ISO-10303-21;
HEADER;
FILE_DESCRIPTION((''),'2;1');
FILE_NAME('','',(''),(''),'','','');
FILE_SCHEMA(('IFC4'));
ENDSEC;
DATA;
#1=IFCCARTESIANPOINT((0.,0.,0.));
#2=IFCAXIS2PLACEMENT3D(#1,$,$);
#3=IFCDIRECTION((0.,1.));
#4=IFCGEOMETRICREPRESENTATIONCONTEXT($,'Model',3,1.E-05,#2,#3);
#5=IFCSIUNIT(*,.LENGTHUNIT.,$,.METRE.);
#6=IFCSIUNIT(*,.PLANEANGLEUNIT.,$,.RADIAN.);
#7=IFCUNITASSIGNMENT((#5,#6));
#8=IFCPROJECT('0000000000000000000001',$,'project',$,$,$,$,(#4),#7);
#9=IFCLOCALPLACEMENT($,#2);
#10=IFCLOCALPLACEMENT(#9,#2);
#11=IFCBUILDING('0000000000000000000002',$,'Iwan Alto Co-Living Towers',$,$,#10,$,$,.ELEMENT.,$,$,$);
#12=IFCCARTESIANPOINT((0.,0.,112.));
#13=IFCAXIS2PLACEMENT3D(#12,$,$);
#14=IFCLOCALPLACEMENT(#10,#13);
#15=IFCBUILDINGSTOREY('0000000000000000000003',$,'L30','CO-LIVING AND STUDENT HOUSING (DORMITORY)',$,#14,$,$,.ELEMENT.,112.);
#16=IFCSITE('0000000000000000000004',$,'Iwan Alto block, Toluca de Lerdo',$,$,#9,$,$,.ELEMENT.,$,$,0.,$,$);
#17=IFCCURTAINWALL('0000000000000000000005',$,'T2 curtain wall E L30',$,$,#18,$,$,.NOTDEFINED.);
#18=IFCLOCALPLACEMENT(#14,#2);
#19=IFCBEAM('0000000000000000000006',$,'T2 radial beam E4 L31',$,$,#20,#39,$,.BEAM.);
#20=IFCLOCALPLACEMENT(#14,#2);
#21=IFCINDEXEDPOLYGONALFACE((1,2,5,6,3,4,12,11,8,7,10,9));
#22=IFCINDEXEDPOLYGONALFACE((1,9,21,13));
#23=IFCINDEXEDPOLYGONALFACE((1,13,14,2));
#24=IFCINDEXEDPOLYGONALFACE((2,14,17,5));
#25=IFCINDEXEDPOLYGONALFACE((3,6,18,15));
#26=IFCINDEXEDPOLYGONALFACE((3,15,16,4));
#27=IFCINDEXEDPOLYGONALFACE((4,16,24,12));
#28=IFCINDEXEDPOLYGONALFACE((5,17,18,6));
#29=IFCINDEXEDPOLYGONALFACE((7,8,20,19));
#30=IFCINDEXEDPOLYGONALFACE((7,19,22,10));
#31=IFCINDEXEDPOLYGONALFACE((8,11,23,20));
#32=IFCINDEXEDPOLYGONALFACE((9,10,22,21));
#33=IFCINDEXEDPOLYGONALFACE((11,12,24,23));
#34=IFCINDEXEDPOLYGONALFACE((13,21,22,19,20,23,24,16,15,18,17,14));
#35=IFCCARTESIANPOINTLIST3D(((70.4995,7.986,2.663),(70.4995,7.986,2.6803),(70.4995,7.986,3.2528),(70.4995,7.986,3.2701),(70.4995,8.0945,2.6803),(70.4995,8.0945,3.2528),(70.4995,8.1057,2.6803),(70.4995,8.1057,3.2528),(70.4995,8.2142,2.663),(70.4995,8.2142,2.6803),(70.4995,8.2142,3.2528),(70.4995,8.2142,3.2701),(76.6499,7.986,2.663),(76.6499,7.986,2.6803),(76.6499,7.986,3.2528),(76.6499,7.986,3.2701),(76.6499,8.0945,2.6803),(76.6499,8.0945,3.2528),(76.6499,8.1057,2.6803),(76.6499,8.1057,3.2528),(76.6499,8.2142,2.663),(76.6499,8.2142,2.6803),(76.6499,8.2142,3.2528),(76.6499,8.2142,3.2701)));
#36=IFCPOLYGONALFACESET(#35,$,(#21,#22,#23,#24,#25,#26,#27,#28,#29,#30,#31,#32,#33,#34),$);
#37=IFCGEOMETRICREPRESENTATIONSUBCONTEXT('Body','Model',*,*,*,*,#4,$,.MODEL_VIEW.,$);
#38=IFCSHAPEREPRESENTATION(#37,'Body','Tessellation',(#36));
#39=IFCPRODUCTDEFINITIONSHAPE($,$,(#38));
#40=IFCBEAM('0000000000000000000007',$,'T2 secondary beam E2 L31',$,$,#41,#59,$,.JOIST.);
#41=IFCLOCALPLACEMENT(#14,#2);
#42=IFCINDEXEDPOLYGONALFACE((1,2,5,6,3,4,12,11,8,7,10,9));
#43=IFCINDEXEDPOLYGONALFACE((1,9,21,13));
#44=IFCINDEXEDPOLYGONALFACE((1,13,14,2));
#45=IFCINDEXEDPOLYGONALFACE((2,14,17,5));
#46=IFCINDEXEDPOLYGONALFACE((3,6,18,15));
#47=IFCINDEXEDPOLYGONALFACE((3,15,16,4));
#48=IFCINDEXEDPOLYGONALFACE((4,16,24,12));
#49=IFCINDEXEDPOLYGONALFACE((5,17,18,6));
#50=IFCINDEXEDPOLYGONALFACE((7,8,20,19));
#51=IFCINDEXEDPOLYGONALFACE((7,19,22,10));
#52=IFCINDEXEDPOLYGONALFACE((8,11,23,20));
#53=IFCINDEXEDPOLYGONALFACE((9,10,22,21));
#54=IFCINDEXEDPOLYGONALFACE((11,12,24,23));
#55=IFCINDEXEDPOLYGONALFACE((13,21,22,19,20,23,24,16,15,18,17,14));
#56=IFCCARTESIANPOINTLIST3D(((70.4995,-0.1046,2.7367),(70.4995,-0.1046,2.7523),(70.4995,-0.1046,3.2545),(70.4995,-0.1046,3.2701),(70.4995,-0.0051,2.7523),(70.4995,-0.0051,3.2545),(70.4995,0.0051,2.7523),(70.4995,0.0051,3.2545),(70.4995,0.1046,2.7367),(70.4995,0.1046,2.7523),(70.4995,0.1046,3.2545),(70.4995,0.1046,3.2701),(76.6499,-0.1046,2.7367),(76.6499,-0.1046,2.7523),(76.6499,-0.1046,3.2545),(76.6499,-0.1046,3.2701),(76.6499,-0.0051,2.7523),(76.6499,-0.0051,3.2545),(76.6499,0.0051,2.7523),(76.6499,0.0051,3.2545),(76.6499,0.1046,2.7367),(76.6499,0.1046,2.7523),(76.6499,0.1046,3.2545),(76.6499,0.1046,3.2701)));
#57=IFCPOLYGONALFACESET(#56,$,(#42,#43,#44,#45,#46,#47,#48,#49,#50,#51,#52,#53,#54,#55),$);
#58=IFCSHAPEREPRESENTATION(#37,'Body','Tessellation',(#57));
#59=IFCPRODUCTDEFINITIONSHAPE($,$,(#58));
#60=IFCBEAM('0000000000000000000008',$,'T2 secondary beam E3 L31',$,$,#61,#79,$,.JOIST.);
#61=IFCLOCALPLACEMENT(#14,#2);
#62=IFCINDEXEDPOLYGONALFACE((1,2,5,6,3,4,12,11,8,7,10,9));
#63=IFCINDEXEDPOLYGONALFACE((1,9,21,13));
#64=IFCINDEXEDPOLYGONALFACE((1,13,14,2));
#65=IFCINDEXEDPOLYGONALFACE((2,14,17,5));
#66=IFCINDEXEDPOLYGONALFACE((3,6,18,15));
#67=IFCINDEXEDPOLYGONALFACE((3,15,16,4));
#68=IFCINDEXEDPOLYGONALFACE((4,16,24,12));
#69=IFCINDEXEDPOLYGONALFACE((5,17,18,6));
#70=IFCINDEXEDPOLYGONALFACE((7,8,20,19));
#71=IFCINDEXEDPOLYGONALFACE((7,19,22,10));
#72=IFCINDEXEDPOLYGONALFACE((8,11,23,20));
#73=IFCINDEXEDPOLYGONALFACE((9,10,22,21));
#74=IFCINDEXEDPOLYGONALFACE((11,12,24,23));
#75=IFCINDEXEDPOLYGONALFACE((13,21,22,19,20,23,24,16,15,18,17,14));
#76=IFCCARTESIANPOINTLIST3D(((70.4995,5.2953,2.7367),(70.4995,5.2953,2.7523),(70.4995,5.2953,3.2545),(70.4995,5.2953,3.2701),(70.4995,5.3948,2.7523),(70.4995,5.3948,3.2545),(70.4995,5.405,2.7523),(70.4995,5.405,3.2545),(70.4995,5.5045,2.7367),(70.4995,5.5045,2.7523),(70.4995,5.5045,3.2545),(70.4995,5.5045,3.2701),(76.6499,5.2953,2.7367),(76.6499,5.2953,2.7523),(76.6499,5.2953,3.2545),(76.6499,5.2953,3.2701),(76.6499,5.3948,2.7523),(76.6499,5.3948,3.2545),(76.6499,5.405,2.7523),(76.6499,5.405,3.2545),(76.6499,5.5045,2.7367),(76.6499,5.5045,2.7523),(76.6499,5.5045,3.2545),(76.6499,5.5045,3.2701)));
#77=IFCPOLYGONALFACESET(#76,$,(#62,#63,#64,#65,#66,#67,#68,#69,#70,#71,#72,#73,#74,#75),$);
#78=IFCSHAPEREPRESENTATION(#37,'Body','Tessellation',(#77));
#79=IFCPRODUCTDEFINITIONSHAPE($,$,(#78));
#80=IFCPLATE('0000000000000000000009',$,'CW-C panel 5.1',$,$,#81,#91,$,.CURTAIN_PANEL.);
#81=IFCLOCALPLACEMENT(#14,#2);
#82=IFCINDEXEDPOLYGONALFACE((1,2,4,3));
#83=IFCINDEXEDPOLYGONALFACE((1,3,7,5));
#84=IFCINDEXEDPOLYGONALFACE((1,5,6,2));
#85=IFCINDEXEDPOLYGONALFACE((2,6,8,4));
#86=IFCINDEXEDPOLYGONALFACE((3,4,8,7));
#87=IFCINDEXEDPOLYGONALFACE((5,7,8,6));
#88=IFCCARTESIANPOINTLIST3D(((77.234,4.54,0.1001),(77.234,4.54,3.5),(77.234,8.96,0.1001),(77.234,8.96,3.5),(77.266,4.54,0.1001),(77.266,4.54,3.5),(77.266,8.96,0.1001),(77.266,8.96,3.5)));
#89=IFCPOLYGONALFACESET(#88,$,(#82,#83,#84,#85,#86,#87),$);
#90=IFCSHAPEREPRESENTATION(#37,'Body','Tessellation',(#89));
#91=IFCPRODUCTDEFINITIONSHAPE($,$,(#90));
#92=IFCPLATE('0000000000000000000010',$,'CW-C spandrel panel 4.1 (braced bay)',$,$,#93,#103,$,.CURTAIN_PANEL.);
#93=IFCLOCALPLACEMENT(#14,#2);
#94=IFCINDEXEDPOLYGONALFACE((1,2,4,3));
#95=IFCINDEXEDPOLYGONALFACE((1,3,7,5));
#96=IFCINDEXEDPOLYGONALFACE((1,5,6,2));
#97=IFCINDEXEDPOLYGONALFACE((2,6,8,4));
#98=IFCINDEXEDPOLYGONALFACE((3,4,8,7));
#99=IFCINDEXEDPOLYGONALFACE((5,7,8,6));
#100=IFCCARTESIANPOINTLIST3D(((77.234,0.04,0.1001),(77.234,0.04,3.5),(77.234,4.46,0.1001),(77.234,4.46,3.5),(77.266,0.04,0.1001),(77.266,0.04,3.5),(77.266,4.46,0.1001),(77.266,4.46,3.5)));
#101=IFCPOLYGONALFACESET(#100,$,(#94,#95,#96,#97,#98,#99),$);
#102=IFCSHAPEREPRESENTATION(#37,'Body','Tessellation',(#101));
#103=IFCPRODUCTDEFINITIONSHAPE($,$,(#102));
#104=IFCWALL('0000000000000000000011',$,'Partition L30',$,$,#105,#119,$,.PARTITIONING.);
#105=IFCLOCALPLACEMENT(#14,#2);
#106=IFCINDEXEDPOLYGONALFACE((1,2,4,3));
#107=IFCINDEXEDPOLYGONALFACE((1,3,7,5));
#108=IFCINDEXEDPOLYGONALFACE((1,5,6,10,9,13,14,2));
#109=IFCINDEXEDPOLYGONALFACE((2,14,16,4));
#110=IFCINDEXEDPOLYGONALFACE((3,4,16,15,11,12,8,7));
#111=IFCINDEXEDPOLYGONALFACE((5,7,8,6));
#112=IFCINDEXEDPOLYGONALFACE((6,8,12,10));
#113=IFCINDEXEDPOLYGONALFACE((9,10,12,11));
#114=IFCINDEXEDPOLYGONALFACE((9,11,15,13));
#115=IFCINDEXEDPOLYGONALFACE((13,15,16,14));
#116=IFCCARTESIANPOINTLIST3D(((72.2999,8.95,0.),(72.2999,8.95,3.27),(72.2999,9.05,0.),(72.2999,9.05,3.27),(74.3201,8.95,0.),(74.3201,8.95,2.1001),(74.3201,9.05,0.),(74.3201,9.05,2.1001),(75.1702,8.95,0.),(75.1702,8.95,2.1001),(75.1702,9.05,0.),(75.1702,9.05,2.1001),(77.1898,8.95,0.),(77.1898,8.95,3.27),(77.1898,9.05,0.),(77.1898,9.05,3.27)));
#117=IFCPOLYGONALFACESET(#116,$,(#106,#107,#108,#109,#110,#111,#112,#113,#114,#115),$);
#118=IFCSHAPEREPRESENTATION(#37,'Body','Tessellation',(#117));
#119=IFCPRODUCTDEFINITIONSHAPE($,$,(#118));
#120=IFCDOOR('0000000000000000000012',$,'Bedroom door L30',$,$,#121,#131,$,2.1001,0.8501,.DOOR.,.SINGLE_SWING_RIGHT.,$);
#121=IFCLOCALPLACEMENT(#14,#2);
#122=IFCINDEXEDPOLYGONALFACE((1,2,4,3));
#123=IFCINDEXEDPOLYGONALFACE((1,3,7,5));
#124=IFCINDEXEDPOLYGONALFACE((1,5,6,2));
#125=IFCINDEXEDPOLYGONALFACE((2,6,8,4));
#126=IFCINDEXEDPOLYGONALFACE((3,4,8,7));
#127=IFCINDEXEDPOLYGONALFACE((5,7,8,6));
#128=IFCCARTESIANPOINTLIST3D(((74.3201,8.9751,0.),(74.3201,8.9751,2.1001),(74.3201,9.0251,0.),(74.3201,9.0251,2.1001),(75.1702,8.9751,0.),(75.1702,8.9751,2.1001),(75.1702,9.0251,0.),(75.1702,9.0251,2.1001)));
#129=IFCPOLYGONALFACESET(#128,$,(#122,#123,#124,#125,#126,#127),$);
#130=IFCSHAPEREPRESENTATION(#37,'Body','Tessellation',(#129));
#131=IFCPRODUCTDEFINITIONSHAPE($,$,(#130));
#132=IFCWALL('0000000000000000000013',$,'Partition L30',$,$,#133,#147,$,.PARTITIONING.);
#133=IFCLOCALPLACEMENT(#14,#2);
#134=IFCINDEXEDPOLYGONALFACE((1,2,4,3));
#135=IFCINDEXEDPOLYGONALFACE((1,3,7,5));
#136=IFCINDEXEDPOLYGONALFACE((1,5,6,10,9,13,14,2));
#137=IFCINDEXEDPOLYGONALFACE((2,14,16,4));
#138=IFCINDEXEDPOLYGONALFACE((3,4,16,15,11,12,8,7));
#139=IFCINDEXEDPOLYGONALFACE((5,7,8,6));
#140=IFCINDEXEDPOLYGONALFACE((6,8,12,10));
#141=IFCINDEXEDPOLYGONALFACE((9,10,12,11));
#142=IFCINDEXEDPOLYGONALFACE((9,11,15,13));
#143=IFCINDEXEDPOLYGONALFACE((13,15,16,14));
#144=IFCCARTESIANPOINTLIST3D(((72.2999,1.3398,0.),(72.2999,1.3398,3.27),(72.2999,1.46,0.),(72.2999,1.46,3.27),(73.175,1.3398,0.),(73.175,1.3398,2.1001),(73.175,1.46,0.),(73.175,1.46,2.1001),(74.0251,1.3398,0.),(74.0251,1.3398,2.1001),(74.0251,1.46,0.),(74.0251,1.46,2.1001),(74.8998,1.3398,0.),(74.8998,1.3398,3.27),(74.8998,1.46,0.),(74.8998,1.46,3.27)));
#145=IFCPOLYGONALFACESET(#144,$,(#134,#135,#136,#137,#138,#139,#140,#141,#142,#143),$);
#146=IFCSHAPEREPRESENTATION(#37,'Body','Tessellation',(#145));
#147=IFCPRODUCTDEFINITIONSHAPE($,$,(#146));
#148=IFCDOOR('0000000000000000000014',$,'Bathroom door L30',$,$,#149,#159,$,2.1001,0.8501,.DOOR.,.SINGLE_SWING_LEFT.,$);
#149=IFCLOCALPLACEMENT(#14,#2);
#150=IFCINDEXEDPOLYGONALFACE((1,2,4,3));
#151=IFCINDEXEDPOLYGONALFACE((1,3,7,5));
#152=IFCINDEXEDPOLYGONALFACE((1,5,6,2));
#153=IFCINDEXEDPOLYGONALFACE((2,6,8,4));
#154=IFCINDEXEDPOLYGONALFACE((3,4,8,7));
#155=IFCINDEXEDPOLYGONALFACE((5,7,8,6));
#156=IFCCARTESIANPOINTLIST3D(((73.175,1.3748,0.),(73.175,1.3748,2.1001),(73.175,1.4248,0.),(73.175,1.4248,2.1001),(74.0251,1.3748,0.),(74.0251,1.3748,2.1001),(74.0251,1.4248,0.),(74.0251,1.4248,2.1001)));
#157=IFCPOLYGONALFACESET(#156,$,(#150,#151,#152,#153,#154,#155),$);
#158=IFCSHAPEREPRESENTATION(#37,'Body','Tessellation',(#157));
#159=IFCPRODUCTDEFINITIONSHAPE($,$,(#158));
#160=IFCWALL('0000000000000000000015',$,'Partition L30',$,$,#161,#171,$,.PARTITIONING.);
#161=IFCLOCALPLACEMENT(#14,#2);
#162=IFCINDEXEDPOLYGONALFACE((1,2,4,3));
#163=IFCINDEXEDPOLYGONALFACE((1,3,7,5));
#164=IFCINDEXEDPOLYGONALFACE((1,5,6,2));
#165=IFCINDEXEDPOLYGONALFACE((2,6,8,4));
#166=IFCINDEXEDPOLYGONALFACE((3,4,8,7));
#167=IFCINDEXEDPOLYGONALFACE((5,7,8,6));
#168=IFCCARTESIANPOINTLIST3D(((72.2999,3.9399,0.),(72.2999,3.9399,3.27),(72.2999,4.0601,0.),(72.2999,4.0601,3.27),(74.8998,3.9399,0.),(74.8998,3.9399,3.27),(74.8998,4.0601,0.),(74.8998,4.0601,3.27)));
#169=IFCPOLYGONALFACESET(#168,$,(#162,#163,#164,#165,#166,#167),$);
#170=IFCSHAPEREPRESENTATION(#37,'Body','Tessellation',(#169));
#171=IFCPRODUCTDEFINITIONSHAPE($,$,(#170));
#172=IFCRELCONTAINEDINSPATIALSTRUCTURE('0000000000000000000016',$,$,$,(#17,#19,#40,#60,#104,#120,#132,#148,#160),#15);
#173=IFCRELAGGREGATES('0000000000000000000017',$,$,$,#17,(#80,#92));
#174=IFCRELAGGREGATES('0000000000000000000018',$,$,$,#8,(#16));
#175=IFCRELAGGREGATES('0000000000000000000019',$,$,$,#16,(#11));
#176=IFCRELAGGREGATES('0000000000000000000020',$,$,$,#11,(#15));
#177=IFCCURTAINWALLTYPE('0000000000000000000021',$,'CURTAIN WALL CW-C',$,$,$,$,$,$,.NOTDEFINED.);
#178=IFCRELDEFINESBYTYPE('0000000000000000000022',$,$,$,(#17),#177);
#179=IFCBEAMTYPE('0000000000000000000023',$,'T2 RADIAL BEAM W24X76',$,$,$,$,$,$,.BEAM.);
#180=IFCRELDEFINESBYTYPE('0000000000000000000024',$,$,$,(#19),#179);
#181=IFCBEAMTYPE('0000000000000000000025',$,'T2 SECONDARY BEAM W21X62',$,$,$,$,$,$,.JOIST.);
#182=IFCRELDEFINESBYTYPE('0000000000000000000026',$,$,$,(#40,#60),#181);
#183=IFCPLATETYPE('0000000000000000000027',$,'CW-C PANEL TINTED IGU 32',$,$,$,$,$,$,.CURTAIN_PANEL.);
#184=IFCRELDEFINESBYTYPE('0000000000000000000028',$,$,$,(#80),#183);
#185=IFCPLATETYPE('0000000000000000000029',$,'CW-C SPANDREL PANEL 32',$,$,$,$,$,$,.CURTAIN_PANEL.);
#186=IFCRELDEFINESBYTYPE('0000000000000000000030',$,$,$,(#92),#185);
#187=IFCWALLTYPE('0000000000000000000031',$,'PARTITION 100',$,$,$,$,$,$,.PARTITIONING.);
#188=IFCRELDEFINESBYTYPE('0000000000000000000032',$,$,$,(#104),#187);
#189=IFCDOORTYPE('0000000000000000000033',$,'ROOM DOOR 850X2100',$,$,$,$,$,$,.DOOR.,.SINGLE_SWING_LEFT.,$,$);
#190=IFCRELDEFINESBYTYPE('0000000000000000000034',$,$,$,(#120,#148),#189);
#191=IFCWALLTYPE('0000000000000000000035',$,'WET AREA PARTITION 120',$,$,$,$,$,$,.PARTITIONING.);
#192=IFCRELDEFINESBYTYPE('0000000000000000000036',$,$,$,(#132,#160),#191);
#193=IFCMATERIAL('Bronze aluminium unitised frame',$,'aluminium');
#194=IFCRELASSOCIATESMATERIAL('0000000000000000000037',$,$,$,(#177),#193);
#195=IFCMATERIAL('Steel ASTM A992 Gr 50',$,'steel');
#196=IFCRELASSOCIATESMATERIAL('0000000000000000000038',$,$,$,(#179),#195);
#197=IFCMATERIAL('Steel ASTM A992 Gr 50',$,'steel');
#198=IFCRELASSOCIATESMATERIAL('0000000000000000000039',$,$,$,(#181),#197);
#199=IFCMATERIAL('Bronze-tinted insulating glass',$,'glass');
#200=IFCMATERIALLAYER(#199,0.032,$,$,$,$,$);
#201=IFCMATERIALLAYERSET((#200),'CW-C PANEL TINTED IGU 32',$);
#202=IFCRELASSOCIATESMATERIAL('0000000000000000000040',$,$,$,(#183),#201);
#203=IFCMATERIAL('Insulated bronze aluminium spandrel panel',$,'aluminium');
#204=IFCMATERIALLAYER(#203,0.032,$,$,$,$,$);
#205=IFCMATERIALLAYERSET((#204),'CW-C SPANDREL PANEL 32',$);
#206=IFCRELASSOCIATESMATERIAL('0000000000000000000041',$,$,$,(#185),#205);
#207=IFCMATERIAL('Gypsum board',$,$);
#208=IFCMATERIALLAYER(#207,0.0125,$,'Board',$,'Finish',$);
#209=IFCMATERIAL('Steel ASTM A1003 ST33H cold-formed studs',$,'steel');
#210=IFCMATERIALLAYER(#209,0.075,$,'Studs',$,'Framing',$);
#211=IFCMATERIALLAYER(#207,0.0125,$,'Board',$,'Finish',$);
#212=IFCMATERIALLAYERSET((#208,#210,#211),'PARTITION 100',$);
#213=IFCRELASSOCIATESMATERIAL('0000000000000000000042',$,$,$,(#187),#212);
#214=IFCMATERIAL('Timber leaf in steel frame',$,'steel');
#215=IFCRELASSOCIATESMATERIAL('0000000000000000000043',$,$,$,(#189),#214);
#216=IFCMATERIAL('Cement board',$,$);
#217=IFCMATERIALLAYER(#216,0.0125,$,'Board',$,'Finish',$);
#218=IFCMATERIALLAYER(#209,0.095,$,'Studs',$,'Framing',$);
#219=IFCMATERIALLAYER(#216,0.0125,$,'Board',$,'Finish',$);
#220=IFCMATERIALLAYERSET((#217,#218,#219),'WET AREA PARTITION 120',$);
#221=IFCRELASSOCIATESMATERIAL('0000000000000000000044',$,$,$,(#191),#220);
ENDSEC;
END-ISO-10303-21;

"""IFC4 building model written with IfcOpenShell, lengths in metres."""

from ifc_helpers import new_model, si_unit, direction, frame, frame_2d, origin, origin_2d, place, context, subcontext, project, spatial, rectangle, i_section, extrude, material, layer, layer_set, material_profile, profile_set, type_object, element, fill, aggregate, save


model = new_model("IFC4")

# Units and contexts
model_context = context("Model", 3, precision=1e-05, world=origin(), true_north=direction((0.0, 1.0)))
body_context = subcontext(model_context, "Body", "Model", "MODEL_VIEW")
ifc_project = project(units=[si_unit("LENGTHUNIT", "METRE"), si_unit("PLANEANGLEUNIT", "RADIAN")], contexts=[model_context])

# Site, building, storey
site_placement = place(None, origin())
site = spatial("IfcSite", under=ifc_project, at=site_placement, Name="Iwan Alto block, Toluca de Lerdo", CompositionType="ELEMENT", RefElevation=0.0)
building_placement = place(site_placement, origin())
building = spatial("IfcBuilding", under=site, at=building_placement, Name="Iwan Alto Co-Living Towers", CompositionType="ELEMENT")
storey_placement = place(building_placement, frame((0.0, 0.0, 112.0)))
storey = spatial("IfcBuildingStorey", under=building, at=storey_placement, Name="L30", Description="CO-LIVING AND STUDENT HOUSING (DORMITORY)", CompositionType="ELEMENT", Elevation=112.0)

# Curtain wall
ifc_material_1 = material(Name="Bronze aluminium unitised frame", Category="aluminium")
curtain_wall_type = type_object("IfcCurtainWallType", Name="CURTAIN WALL CW-C", PredefinedType="NOTDEFINED", material=ifc_material_1)
curtain_wall_placement = place(storey_placement, origin())
curtain_wall = element("IfcCurtainWall", 1, at=curtain_wall_placement, inside=storey, type_object=curtain_wall_type, Name="T2 curtain wall E L30", PredefinedType="NOTDEFINED")

# Beams
ifc_material_2 = material(Name="Steel ASTM A992 Gr 50", Category="steel")
ifc_material_profile_1 = material_profile(ifc_material_2, i_section(OverallWidth=0.2283, OverallDepth=0.6072, WebThickness=0.0112, FlangeThickness=0.0173, at=origin_2d()), Name="W24X76")
ifc_profile_set_1 = profile_set([ifc_material_profile_1], Name="Steel ASTM A992 Gr 50")
beam_type_1 = type_object("IfcBeamType", Name="T2 RADIAL BEAM W24X76", PredefinedType="BEAM", material=ifc_profile_set_1)
for number, where, z_axis, x_axis, name in (
    (2, (76.6499, 8.1001, 2.9666), (-1.0, 0.0, 0.0), (0.0, -1.0, 0.0), "T2 radial beam E4 L31"),
):
    element("IfcBeam", number, at=place(storey_placement, frame(where, z_axis=z_axis, x_axis=x_axis)), inside=storey, type_object=beam_type_1, Name=name, PredefinedType="BEAM", context=body_context, shape_type="SweptSolid", body=[
        extrude(i_section(OverallWidth=0.2283, OverallDepth=0.6072, WebThickness=0.0112, FlangeThickness=0.0173, at=origin_2d()), origin(), (0.0, 0.0, 1.0), 6.1504),
    ])
ifc_material_3 = material(Name="Steel ASTM A992 Gr 50", Category="steel")
ifc_material_profile_2 = material_profile(ifc_material_3, i_section(OverallWidth=0.2092, OverallDepth=0.5334, WebThickness=0.0103, FlangeThickness=0.0156, at=origin_2d()), Name="W21X62")
ifc_profile_set_2 = profile_set([ifc_material_profile_2], Name="Steel ASTM A992 Gr 50")
beam_type_2 = type_object("IfcBeamType", Name="T2 SECONDARY BEAM W21X62", PredefinedType="JOIST", material=ifc_profile_set_2)
for number, where, z_axis, x_axis, name in (
    (3, (76.6499, 0.0, 3.0034), (-1.0, 0.0, 0.0), (0.0, -1.0, 0.0), "T2 secondary beam E2 L31"),
    (4, (76.6499, 5.3999, 3.0034), (-1.0, 0.0, 0.0), (0.0, -1.0, 0.0), "T2 secondary beam E3 L31"),
):
    element("IfcBeam", number, at=place(storey_placement, frame(where, z_axis=z_axis, x_axis=x_axis)), inside=storey, type_object=beam_type_2, Name=name, PredefinedType="JOIST", context=body_context, shape_type="SweptSolid", body=[
        extrude(i_section(OverallWidth=0.2092, OverallDepth=0.5334, WebThickness=0.0103, FlangeThickness=0.0156, at=origin_2d()), origin(), (0.0, 0.0, 1.0), 6.1504),
    ])

# Plates
ifc_material_4 = material(Name="Bronze-tinted insulating glass", Category="glass")
ifc_layer_1 = layer(ifc_material_4, 0.032)
ifc_layer_set_1 = layer_set([ifc_layer_1], Name="CW-C PANEL TINTED IGU 32")
plate_type_1 = type_object("IfcPlateType", Name="CW-C PANEL TINTED IGU 32", PredefinedType="CURTAIN_PANEL", material=ifc_layer_set_1)
plate_1_placement = place(storey_placement, frame((77.25, 6.75, 0.1001), z_axis=(0.0, 0.0, 1.0), x_axis=(0.0, 1.0, 0.0)))
plate_1 = element("IfcPlate", 5, at=plate_1_placement, type_object=plate_type_1, Name="CW-C panel 5.1", PredefinedType="CURTAIN_PANEL", context=body_context, shape_type="SweptSolid", body=[
    extrude(rectangle(XDim=4.4199, YDim=0.032, at=origin_2d()), origin(), (0.0, 0.0, 1.0), 3.3999),
])
ifc_material_5 = material(Name="Insulated bronze aluminium spandrel panel", Category="aluminium")
ifc_layer_2 = layer(ifc_material_5, 0.032)
ifc_layer_set_2 = layer_set([ifc_layer_2], Name="CW-C SPANDREL PANEL 32")
plate_type_2 = type_object("IfcPlateType", Name="CW-C SPANDREL PANEL 32", PredefinedType="CURTAIN_PANEL", material=ifc_layer_set_2)
plate_2_placement = place(storey_placement, frame((77.25, 2.25, 0.1001), z_axis=(0.0, 0.0, 1.0), x_axis=(0.0, 1.0, 0.0)))
plate_2 = element("IfcPlate", 6, at=plate_2_placement, type_object=plate_type_2, Name="CW-C spandrel panel 4.1 (braced bay)", PredefinedType="CURTAIN_PANEL", context=body_context, shape_type="SweptSolid", body=[
    extrude(rectangle(XDim=4.4199, YDim=0.032, at=origin_2d()), origin(), (0.0, 0.0, 1.0), 3.3999),
])
aggregate(curtain_wall, [plate_1, plate_2])

# Walls, openings, doors
ifc_material_6 = material(Name="Gypsum board")
ifc_layer_3 = layer(ifc_material_6, 0.0125, Name="Board", Category="Finish")
ifc_material_7 = material(Name="Steel ASTM A1003 ST33H cold-formed studs", Category="steel")
ifc_layer_4 = layer(ifc_material_7, 0.075, Name="Studs", Category="Framing")
ifc_layer_5 = layer(ifc_material_6, 0.0125, Name="Board", Category="Finish")
ifc_layer_set_3 = layer_set([ifc_layer_3, ifc_layer_4, ifc_layer_5], Name="PARTITION 100")
wall_type_1 = type_object("IfcWallType", Name="PARTITION 100", PredefinedType="PARTITIONING", material=ifc_layer_set_3)
wall_1_placement = place(storey_placement, frame((72.3, 9.0, 0.0), z_axis=(0.0, 0.0, 1.0), x_axis=(1.0, 0.0, 0.0)))
wall_1 = element("IfcWall", 7, at=wall_1_placement, inside=storey, type_object=wall_type_1, Name="Partition L30", PredefinedType="PARTITIONING", context=body_context, shape_type="SweptSolid", body=[
    extrude(rectangle(XDim=4.8899, YDim=0.1001, at=frame_2d((2.4448, 0.0))), origin(), (0.0, 0.0, 1.0), 3.27),
])
opening_1_placement = place(wall_1_placement, frame((2.02, 0.0, 0.0)))
opening_1 = element("IfcOpeningElement", 8, at=opening_1_placement, cuts=wall_1, PredefinedType="OPENING", context=body_context, shape_type="SweptSolid", body=[
    extrude(rectangle(XDim=0.8501, YDim=2.1001, at=frame_2d((0.425, 1.05))), frame((0.0, 0.0601, 0.0), z_axis=(0.0, -1.0, 0.0), x_axis=(1.0, 0.0, 0.0)), (0.0, 0.0, 1.0), 0.1201),
])
ifc_material_8 = material(Name="Timber leaf in steel frame", Category="steel")
door_type = type_object("IfcDoorType", Name="ROOM DOOR 850X2100", OperationType="SINGLE_SWING_LEFT", PredefinedType="DOOR", material=ifc_material_8)
door_1_placement = place(opening_1_placement, frame((0.8501, 0.0, 0.0), z_axis=(0.0, 0.0, 1.0), x_axis=(-1.0, 0.0, 0.0)))
door_1 = element("IfcDoor", 9, at=door_1_placement, inside=storey, type_object=door_type, Name="Bedroom door L30", OperationType="SINGLE_SWING_RIGHT", OverallHeight=2.1001, OverallWidth=0.8501, PredefinedType="DOOR", context=body_context, shape_type="SweptSolid", body=[
    extrude(rectangle(XDim=0.8501, YDim=2.1001, at=frame_2d((0.425, 1.05))), frame((0.0, 0.0249, 0.0), z_axis=(0.0, -1.0, 0.0), x_axis=(1.0, 0.0, 0.0)), (0.0, 0.0, 1.0), 0.05),
])
fill(opening_1, door_1)
ifc_material_9 = material(Name="Cement board")
ifc_layer_6 = layer(ifc_material_9, 0.0125, Name="Board", Category="Finish")
ifc_layer_7 = layer(ifc_material_7, 0.095, Name="Studs", Category="Framing")
ifc_layer_8 = layer(ifc_material_9, 0.0125, Name="Board", Category="Finish")
ifc_layer_set_4 = layer_set([ifc_layer_6, ifc_layer_7, ifc_layer_8], Name="WET AREA PARTITION 120")
wall_type_2 = type_object("IfcWallType", Name="WET AREA PARTITION 120", PredefinedType="PARTITIONING", material=ifc_layer_set_4)
wall_2_placement = place(storey_placement, frame((72.3, 1.3999, 0.0), z_axis=(0.0, 0.0, 1.0), x_axis=(1.0, 0.0, 0.0)))
wall_2 = element("IfcWall", 10, at=wall_2_placement, inside=storey, type_object=wall_type_2, Name="Partition L30", PredefinedType="PARTITIONING", context=body_context, shape_type="SweptSolid", body=[
    extrude(rectangle(XDim=2.5999, YDim=0.1201, at=frame_2d((1.2998, 0.0))), origin(), (0.0, 0.0, 1.0), 3.27),
])
opening_2_placement = place(wall_2_placement, frame((0.875, 0.0, 0.0)))
opening_2 = element("IfcOpeningElement", 11, at=opening_2_placement, cuts=wall_2, PredefinedType="OPENING", context=body_context, shape_type="SweptSolid", body=[
    extrude(rectangle(XDim=0.8501, YDim=2.1001, at=frame_2d((0.425, 1.05))), frame((0.0, 0.0701, 0.0), z_axis=(0.0, -1.0, 0.0), x_axis=(1.0, 0.0, 0.0)), (0.0, 0.0, 1.0), 0.1401),
])
door_2_placement = place(opening_2_placement, origin())
door_2 = element("IfcDoor", 12, at=door_2_placement, inside=storey, type_object=door_type, Name="Bathroom door L30", OperationType="SINGLE_SWING_LEFT", OverallHeight=2.1001, OverallWidth=0.8501, PredefinedType="DOOR", context=body_context, shape_type="SweptSolid", body=[
    extrude(rectangle(XDim=0.8501, YDim=2.1001, at=frame_2d((0.425, 1.05))), frame((0.0, 0.0249, 0.0), z_axis=(0.0, -1.0, 0.0), x_axis=(1.0, 0.0, 0.0)), (0.0, 0.0, 1.0), 0.05),
])
fill(opening_2, door_2)

# Wall
wall_3_placement = place(storey_placement, frame((72.3, 4.0, 0.0), z_axis=(0.0, 0.0, 1.0), x_axis=(1.0, 0.0, 0.0)))
element("IfcWall", 13, at=wall_3_placement, inside=storey, type_object=wall_type_2, Name="Partition L30", PredefinedType="PARTITIONING", context=body_context, shape_type="SweptSolid", body=[
    extrude(rectangle(XDim=2.5999, YDim=0.1201, at=frame_2d((1.2998, 0.0))), origin(), (0.0, 0.0, 1.0), 3.27),
])

save(model, "model.ifc")
